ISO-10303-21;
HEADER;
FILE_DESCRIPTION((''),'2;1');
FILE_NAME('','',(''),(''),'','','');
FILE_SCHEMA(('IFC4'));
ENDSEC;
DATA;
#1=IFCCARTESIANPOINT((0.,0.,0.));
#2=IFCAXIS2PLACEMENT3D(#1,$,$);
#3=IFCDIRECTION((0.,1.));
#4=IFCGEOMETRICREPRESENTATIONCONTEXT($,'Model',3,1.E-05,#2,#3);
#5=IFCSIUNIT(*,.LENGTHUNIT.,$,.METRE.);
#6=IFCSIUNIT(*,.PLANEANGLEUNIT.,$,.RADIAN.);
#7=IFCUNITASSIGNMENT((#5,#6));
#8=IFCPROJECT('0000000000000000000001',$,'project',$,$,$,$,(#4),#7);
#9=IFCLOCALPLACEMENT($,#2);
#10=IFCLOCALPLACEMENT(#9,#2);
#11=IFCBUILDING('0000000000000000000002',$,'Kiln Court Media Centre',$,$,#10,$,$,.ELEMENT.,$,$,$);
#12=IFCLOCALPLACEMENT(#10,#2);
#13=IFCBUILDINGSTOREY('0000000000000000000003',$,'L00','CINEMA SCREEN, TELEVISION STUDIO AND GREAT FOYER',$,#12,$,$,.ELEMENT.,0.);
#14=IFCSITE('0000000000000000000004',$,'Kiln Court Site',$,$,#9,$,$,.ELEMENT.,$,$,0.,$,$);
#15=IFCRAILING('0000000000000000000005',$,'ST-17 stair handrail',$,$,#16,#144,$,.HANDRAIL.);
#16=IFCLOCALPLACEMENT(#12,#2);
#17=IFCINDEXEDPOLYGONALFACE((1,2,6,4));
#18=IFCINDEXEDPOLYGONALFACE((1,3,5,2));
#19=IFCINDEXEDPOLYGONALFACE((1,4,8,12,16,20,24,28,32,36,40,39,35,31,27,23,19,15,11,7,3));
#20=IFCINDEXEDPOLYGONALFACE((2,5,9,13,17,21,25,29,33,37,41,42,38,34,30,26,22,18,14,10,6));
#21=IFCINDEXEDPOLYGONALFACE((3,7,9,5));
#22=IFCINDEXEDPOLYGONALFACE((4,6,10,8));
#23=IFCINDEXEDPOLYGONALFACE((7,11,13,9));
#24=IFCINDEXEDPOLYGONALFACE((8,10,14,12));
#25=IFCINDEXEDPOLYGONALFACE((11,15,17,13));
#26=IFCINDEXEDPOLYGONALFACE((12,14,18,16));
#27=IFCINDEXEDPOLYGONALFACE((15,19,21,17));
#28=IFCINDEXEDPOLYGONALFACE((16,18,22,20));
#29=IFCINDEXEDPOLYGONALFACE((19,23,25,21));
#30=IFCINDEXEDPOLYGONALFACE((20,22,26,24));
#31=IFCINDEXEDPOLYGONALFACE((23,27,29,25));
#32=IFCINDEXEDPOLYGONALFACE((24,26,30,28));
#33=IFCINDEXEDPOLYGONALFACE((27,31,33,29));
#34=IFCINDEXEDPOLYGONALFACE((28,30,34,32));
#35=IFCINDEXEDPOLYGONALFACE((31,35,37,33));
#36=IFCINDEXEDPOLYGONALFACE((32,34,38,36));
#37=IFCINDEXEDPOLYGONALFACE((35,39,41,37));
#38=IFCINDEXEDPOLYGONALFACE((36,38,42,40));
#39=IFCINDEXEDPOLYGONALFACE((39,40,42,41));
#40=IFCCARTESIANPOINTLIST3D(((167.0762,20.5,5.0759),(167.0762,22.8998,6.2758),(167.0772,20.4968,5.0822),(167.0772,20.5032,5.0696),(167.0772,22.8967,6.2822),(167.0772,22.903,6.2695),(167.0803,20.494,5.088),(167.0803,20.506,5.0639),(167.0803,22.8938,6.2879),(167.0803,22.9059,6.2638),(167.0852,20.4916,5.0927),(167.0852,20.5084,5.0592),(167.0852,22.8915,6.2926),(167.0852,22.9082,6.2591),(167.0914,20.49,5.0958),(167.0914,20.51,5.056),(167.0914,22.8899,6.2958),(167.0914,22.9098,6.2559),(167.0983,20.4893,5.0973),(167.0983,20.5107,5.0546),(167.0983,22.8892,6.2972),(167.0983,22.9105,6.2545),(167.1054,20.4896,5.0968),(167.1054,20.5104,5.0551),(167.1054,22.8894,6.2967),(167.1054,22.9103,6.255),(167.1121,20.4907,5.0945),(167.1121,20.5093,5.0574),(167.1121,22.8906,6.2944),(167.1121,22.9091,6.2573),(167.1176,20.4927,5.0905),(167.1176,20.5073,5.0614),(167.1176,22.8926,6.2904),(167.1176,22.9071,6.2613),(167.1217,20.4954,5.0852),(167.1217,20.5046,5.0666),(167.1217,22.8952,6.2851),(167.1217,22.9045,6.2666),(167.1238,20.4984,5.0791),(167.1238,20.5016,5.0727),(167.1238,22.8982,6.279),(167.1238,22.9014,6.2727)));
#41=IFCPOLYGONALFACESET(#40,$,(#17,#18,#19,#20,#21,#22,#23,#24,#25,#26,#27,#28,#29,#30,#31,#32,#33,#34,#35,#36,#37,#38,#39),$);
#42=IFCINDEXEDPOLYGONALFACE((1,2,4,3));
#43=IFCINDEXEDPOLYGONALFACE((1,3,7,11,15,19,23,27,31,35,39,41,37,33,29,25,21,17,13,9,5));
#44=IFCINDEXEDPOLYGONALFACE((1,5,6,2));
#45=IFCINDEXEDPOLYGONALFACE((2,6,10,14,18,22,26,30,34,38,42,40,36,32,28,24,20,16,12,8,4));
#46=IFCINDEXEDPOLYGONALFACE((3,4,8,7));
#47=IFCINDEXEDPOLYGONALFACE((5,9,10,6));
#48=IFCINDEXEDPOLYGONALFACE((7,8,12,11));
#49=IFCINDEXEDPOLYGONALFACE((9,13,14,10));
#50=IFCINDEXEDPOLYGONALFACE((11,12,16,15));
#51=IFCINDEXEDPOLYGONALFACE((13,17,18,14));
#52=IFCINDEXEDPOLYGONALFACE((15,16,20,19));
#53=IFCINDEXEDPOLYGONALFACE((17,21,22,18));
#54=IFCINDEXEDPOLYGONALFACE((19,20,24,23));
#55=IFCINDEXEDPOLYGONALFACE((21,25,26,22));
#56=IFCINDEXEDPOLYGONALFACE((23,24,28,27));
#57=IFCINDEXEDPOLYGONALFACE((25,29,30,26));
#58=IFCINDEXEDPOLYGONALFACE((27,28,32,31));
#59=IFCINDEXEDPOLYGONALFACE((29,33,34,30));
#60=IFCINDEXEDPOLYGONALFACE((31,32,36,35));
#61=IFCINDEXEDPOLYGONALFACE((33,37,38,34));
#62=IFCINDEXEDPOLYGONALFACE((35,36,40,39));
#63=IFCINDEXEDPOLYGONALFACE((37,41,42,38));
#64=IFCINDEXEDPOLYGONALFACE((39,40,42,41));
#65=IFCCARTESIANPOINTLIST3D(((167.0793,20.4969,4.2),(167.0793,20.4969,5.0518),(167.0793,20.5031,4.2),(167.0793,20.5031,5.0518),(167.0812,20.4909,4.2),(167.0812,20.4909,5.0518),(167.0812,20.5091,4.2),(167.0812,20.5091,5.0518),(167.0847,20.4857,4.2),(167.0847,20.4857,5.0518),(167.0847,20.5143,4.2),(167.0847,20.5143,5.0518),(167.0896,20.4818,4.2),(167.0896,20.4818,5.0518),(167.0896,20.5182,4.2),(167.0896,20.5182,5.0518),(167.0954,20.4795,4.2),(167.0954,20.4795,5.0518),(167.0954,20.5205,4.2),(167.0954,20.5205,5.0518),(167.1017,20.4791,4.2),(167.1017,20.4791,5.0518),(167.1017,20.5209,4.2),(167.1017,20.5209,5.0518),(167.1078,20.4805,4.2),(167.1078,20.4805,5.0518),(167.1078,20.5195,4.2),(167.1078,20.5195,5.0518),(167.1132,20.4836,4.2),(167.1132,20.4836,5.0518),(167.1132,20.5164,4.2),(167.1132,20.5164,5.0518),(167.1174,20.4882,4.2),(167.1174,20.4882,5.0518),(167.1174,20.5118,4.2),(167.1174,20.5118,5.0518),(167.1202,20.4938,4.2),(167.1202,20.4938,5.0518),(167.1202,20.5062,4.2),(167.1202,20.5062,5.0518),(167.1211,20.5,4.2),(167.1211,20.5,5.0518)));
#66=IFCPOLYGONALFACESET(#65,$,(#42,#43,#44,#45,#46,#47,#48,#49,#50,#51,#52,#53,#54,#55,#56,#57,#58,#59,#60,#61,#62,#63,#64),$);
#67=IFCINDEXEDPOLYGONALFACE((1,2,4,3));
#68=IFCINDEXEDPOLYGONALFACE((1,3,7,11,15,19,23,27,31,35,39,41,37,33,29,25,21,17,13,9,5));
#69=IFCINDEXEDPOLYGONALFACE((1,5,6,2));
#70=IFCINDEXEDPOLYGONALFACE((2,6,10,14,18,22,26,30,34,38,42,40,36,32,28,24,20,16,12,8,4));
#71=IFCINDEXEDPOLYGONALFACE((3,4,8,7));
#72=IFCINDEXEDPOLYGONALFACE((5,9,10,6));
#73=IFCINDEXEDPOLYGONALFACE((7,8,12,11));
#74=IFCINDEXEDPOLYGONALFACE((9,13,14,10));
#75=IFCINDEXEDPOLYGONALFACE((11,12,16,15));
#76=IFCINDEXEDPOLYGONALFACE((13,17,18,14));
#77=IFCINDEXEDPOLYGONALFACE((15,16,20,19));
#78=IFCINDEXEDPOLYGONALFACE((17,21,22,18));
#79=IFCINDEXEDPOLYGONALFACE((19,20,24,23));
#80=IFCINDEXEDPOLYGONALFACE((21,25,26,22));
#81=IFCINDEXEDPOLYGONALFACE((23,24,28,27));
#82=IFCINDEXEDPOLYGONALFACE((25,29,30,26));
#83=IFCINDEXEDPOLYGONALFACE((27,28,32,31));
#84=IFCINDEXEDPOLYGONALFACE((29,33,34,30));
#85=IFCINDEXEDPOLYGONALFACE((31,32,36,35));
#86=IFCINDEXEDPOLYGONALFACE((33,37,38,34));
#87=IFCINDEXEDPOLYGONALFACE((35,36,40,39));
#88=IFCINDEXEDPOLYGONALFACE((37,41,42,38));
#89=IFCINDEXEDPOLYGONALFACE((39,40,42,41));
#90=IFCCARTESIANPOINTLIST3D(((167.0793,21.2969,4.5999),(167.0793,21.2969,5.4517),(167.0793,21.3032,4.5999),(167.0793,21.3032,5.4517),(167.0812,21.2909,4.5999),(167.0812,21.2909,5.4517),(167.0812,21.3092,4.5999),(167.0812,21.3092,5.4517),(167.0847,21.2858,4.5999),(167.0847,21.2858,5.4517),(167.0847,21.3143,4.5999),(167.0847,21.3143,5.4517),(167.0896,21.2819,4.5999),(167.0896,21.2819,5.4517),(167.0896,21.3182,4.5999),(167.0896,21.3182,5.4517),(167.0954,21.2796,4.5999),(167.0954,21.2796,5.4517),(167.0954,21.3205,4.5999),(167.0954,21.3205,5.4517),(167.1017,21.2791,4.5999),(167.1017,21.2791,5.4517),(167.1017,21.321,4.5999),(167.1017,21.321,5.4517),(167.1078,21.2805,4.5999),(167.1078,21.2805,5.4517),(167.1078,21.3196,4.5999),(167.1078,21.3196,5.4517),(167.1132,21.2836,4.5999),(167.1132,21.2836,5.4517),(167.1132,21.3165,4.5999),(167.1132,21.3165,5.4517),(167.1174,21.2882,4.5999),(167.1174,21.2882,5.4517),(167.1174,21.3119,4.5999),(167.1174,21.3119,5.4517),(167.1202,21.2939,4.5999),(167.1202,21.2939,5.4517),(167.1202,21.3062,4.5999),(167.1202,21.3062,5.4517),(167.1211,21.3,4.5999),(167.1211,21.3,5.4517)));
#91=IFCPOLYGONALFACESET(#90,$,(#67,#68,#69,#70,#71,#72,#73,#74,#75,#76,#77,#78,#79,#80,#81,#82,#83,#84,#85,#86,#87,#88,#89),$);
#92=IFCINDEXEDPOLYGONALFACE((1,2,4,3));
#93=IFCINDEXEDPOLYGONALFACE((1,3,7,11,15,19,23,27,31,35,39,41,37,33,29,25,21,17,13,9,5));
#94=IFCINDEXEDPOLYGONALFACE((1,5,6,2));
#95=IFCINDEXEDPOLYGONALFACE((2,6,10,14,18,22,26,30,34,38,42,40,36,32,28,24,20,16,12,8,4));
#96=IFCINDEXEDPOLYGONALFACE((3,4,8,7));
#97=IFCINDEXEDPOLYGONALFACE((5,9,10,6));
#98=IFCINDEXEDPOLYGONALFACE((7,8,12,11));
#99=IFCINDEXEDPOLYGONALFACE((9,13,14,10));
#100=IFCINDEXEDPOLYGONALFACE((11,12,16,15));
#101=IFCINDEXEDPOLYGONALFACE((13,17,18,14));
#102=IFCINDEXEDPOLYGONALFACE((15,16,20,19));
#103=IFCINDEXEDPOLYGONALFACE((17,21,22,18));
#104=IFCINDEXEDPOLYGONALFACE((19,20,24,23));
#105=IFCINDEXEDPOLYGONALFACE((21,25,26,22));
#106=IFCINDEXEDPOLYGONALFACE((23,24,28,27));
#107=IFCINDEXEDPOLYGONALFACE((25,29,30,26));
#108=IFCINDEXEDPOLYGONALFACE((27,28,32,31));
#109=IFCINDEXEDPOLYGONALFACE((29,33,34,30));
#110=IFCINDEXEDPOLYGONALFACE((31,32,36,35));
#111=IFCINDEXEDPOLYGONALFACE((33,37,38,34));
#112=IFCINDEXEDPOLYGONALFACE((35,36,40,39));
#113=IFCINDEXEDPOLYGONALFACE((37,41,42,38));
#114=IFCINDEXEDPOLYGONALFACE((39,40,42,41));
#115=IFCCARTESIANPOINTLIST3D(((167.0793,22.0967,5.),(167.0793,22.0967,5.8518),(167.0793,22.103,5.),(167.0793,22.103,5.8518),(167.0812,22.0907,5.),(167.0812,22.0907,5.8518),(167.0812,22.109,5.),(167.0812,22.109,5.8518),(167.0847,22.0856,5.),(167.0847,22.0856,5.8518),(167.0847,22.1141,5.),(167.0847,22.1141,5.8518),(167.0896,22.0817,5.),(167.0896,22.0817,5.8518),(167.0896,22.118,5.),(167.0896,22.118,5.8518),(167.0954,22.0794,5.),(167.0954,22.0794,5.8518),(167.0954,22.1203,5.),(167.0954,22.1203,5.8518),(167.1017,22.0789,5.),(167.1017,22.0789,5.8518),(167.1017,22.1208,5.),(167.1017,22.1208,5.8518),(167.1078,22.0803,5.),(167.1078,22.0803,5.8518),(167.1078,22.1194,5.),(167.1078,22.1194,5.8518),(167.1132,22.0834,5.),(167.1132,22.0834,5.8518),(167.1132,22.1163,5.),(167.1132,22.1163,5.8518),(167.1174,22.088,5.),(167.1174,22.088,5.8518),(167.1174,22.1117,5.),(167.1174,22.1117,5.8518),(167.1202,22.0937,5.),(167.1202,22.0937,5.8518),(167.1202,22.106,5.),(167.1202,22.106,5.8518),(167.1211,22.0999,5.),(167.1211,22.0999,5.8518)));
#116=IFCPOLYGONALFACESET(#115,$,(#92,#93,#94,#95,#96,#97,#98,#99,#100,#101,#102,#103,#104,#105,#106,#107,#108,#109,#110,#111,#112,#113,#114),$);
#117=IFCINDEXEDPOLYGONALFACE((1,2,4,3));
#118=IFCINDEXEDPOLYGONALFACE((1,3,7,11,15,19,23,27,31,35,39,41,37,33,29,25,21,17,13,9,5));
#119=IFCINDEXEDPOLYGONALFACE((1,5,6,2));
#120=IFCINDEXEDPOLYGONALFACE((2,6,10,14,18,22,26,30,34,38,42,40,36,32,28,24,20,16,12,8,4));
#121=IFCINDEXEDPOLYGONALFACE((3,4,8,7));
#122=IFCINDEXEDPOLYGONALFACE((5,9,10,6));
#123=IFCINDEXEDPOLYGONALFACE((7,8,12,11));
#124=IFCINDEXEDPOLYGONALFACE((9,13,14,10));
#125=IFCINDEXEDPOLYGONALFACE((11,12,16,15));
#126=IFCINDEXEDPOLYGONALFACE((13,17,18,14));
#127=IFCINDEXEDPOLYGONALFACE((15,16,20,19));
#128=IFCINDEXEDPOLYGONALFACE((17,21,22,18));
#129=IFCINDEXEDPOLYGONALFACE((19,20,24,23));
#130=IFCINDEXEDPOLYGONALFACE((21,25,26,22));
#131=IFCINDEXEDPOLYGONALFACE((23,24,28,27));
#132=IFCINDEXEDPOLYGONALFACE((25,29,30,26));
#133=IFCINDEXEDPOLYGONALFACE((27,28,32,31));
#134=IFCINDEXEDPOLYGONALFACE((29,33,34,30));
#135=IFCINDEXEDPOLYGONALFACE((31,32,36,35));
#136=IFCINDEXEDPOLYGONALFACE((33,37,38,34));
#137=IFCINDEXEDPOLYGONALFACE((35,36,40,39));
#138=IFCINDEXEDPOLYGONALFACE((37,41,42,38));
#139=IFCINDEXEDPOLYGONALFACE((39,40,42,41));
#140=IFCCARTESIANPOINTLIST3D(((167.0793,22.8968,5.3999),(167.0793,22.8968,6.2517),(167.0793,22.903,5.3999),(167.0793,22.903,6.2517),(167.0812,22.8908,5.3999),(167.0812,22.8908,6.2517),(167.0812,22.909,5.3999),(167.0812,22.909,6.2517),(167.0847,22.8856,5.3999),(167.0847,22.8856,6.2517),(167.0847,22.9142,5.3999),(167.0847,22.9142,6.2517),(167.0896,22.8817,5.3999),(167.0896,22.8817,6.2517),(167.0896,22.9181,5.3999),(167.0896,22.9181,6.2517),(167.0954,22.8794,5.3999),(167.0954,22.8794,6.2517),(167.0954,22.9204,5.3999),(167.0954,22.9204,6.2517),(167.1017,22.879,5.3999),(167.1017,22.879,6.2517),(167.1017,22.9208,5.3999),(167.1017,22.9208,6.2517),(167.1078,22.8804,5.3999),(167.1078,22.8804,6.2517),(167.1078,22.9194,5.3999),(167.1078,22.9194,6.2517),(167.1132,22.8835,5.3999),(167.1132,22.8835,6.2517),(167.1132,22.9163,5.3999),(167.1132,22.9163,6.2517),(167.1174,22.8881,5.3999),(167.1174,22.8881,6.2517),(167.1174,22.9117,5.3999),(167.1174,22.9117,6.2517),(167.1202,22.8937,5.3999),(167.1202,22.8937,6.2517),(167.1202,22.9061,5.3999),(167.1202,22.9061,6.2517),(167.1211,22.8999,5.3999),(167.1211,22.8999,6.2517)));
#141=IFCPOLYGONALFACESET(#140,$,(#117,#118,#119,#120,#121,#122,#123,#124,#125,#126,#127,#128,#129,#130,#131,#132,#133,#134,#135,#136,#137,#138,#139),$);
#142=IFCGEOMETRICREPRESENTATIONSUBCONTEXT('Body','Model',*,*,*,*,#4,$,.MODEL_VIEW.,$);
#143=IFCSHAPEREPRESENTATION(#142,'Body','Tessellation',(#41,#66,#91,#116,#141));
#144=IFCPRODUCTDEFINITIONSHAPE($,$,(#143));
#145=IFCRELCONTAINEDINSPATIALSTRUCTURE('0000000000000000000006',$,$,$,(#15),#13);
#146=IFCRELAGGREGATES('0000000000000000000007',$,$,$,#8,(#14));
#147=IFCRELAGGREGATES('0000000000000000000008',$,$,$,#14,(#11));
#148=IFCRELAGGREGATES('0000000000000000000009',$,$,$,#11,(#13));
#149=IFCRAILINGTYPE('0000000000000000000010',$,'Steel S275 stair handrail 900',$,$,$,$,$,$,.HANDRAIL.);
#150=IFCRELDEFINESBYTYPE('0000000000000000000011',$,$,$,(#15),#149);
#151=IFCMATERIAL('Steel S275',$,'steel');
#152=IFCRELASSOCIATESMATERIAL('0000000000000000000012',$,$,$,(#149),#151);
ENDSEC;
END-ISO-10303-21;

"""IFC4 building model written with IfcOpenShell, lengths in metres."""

from ifc_helpers import new_model, si_unit, direction, frame, origin, origin_2d, place, context, subcontext, project, spatial, circle, extrude, material, type_object, element, save


model = new_model("IFC4")

# Units and contexts
model_context = context("Model", 3, precision=1e-05, world=origin(), true_north=direction((0.0, 1.0)))
body_context = subcontext(model_context, "Body", "Model", "MODEL_VIEW")
ifc_project = project(units=[si_unit("LENGTHUNIT", "METRE"), si_unit("PLANEANGLEUNIT", "RADIAN")], contexts=[model_context])

# Site, building, storey
site_placement = place(None, origin())
site = spatial("IfcSite", under=ifc_project, at=site_placement, Name="Kiln Court Site", CompositionType="ELEMENT", RefElevation=0.0)
building_placement = place(site_placement, origin())
building = spatial("IfcBuilding", under=site, at=building_placement, Name="Kiln Court Media Centre", CompositionType="ELEMENT")
storey_placement = place(building_placement, origin())
storey = spatial("IfcBuildingStorey", under=building, at=storey_placement, Name="L00", Description="CINEMA SCREEN, TELEVISION STUDIO AND GREAT FOYER", CompositionType="ELEMENT", Elevation=0.0)

# Railing
ifc_material_1 = material(Name="Steel S275", Category="steel")
railing_type_1 = type_object("IfcRailingType", Name="Steel S275 stair handrail 900", PredefinedType="HANDRAIL", material=ifc_material_1)
railing_1_placement = place(storey_placement, frame((167.1001, 20.5, 4.2)))
element("IfcRailing", 1, at=railing_1_placement, inside=storey, type_object=railing_type_1, Name="ST-17 stair handrail", PredefinedType="HANDRAIL", context=body_context, shape_type="SweptSolid", body=[
    extrude(circle(Radius=0.0239, at=origin_2d()), frame((0.0, 0.0, 0.876), z_axis=(0.0, 0.894427, 0.447214), x_axis=(-1.0, 0.0, 0.0)), (0.0, 0.0, 1.0), 2.6831),
    extrude(circle(Radius=0.021, at=origin_2d()), origin(), (0.0, 0.0, 1.0), 0.8518),
    extrude(circle(Radius=0.021, at=origin_2d()), frame((0.0, 0.8, 0.3999)), (0.0, 0.0, 1.0), 0.8518),
    extrude(circle(Radius=0.021, at=origin_2d()), frame((0.0, 1.5999, 0.8)), (0.0, 0.0, 1.0), 0.8518),
    extrude(circle(Radius=0.021, at=origin_2d()), frame((0.0, 2.3999, 1.2)), (0.0, 0.0, 1.0), 0.8518),
])

save(model, "model.ifc")
